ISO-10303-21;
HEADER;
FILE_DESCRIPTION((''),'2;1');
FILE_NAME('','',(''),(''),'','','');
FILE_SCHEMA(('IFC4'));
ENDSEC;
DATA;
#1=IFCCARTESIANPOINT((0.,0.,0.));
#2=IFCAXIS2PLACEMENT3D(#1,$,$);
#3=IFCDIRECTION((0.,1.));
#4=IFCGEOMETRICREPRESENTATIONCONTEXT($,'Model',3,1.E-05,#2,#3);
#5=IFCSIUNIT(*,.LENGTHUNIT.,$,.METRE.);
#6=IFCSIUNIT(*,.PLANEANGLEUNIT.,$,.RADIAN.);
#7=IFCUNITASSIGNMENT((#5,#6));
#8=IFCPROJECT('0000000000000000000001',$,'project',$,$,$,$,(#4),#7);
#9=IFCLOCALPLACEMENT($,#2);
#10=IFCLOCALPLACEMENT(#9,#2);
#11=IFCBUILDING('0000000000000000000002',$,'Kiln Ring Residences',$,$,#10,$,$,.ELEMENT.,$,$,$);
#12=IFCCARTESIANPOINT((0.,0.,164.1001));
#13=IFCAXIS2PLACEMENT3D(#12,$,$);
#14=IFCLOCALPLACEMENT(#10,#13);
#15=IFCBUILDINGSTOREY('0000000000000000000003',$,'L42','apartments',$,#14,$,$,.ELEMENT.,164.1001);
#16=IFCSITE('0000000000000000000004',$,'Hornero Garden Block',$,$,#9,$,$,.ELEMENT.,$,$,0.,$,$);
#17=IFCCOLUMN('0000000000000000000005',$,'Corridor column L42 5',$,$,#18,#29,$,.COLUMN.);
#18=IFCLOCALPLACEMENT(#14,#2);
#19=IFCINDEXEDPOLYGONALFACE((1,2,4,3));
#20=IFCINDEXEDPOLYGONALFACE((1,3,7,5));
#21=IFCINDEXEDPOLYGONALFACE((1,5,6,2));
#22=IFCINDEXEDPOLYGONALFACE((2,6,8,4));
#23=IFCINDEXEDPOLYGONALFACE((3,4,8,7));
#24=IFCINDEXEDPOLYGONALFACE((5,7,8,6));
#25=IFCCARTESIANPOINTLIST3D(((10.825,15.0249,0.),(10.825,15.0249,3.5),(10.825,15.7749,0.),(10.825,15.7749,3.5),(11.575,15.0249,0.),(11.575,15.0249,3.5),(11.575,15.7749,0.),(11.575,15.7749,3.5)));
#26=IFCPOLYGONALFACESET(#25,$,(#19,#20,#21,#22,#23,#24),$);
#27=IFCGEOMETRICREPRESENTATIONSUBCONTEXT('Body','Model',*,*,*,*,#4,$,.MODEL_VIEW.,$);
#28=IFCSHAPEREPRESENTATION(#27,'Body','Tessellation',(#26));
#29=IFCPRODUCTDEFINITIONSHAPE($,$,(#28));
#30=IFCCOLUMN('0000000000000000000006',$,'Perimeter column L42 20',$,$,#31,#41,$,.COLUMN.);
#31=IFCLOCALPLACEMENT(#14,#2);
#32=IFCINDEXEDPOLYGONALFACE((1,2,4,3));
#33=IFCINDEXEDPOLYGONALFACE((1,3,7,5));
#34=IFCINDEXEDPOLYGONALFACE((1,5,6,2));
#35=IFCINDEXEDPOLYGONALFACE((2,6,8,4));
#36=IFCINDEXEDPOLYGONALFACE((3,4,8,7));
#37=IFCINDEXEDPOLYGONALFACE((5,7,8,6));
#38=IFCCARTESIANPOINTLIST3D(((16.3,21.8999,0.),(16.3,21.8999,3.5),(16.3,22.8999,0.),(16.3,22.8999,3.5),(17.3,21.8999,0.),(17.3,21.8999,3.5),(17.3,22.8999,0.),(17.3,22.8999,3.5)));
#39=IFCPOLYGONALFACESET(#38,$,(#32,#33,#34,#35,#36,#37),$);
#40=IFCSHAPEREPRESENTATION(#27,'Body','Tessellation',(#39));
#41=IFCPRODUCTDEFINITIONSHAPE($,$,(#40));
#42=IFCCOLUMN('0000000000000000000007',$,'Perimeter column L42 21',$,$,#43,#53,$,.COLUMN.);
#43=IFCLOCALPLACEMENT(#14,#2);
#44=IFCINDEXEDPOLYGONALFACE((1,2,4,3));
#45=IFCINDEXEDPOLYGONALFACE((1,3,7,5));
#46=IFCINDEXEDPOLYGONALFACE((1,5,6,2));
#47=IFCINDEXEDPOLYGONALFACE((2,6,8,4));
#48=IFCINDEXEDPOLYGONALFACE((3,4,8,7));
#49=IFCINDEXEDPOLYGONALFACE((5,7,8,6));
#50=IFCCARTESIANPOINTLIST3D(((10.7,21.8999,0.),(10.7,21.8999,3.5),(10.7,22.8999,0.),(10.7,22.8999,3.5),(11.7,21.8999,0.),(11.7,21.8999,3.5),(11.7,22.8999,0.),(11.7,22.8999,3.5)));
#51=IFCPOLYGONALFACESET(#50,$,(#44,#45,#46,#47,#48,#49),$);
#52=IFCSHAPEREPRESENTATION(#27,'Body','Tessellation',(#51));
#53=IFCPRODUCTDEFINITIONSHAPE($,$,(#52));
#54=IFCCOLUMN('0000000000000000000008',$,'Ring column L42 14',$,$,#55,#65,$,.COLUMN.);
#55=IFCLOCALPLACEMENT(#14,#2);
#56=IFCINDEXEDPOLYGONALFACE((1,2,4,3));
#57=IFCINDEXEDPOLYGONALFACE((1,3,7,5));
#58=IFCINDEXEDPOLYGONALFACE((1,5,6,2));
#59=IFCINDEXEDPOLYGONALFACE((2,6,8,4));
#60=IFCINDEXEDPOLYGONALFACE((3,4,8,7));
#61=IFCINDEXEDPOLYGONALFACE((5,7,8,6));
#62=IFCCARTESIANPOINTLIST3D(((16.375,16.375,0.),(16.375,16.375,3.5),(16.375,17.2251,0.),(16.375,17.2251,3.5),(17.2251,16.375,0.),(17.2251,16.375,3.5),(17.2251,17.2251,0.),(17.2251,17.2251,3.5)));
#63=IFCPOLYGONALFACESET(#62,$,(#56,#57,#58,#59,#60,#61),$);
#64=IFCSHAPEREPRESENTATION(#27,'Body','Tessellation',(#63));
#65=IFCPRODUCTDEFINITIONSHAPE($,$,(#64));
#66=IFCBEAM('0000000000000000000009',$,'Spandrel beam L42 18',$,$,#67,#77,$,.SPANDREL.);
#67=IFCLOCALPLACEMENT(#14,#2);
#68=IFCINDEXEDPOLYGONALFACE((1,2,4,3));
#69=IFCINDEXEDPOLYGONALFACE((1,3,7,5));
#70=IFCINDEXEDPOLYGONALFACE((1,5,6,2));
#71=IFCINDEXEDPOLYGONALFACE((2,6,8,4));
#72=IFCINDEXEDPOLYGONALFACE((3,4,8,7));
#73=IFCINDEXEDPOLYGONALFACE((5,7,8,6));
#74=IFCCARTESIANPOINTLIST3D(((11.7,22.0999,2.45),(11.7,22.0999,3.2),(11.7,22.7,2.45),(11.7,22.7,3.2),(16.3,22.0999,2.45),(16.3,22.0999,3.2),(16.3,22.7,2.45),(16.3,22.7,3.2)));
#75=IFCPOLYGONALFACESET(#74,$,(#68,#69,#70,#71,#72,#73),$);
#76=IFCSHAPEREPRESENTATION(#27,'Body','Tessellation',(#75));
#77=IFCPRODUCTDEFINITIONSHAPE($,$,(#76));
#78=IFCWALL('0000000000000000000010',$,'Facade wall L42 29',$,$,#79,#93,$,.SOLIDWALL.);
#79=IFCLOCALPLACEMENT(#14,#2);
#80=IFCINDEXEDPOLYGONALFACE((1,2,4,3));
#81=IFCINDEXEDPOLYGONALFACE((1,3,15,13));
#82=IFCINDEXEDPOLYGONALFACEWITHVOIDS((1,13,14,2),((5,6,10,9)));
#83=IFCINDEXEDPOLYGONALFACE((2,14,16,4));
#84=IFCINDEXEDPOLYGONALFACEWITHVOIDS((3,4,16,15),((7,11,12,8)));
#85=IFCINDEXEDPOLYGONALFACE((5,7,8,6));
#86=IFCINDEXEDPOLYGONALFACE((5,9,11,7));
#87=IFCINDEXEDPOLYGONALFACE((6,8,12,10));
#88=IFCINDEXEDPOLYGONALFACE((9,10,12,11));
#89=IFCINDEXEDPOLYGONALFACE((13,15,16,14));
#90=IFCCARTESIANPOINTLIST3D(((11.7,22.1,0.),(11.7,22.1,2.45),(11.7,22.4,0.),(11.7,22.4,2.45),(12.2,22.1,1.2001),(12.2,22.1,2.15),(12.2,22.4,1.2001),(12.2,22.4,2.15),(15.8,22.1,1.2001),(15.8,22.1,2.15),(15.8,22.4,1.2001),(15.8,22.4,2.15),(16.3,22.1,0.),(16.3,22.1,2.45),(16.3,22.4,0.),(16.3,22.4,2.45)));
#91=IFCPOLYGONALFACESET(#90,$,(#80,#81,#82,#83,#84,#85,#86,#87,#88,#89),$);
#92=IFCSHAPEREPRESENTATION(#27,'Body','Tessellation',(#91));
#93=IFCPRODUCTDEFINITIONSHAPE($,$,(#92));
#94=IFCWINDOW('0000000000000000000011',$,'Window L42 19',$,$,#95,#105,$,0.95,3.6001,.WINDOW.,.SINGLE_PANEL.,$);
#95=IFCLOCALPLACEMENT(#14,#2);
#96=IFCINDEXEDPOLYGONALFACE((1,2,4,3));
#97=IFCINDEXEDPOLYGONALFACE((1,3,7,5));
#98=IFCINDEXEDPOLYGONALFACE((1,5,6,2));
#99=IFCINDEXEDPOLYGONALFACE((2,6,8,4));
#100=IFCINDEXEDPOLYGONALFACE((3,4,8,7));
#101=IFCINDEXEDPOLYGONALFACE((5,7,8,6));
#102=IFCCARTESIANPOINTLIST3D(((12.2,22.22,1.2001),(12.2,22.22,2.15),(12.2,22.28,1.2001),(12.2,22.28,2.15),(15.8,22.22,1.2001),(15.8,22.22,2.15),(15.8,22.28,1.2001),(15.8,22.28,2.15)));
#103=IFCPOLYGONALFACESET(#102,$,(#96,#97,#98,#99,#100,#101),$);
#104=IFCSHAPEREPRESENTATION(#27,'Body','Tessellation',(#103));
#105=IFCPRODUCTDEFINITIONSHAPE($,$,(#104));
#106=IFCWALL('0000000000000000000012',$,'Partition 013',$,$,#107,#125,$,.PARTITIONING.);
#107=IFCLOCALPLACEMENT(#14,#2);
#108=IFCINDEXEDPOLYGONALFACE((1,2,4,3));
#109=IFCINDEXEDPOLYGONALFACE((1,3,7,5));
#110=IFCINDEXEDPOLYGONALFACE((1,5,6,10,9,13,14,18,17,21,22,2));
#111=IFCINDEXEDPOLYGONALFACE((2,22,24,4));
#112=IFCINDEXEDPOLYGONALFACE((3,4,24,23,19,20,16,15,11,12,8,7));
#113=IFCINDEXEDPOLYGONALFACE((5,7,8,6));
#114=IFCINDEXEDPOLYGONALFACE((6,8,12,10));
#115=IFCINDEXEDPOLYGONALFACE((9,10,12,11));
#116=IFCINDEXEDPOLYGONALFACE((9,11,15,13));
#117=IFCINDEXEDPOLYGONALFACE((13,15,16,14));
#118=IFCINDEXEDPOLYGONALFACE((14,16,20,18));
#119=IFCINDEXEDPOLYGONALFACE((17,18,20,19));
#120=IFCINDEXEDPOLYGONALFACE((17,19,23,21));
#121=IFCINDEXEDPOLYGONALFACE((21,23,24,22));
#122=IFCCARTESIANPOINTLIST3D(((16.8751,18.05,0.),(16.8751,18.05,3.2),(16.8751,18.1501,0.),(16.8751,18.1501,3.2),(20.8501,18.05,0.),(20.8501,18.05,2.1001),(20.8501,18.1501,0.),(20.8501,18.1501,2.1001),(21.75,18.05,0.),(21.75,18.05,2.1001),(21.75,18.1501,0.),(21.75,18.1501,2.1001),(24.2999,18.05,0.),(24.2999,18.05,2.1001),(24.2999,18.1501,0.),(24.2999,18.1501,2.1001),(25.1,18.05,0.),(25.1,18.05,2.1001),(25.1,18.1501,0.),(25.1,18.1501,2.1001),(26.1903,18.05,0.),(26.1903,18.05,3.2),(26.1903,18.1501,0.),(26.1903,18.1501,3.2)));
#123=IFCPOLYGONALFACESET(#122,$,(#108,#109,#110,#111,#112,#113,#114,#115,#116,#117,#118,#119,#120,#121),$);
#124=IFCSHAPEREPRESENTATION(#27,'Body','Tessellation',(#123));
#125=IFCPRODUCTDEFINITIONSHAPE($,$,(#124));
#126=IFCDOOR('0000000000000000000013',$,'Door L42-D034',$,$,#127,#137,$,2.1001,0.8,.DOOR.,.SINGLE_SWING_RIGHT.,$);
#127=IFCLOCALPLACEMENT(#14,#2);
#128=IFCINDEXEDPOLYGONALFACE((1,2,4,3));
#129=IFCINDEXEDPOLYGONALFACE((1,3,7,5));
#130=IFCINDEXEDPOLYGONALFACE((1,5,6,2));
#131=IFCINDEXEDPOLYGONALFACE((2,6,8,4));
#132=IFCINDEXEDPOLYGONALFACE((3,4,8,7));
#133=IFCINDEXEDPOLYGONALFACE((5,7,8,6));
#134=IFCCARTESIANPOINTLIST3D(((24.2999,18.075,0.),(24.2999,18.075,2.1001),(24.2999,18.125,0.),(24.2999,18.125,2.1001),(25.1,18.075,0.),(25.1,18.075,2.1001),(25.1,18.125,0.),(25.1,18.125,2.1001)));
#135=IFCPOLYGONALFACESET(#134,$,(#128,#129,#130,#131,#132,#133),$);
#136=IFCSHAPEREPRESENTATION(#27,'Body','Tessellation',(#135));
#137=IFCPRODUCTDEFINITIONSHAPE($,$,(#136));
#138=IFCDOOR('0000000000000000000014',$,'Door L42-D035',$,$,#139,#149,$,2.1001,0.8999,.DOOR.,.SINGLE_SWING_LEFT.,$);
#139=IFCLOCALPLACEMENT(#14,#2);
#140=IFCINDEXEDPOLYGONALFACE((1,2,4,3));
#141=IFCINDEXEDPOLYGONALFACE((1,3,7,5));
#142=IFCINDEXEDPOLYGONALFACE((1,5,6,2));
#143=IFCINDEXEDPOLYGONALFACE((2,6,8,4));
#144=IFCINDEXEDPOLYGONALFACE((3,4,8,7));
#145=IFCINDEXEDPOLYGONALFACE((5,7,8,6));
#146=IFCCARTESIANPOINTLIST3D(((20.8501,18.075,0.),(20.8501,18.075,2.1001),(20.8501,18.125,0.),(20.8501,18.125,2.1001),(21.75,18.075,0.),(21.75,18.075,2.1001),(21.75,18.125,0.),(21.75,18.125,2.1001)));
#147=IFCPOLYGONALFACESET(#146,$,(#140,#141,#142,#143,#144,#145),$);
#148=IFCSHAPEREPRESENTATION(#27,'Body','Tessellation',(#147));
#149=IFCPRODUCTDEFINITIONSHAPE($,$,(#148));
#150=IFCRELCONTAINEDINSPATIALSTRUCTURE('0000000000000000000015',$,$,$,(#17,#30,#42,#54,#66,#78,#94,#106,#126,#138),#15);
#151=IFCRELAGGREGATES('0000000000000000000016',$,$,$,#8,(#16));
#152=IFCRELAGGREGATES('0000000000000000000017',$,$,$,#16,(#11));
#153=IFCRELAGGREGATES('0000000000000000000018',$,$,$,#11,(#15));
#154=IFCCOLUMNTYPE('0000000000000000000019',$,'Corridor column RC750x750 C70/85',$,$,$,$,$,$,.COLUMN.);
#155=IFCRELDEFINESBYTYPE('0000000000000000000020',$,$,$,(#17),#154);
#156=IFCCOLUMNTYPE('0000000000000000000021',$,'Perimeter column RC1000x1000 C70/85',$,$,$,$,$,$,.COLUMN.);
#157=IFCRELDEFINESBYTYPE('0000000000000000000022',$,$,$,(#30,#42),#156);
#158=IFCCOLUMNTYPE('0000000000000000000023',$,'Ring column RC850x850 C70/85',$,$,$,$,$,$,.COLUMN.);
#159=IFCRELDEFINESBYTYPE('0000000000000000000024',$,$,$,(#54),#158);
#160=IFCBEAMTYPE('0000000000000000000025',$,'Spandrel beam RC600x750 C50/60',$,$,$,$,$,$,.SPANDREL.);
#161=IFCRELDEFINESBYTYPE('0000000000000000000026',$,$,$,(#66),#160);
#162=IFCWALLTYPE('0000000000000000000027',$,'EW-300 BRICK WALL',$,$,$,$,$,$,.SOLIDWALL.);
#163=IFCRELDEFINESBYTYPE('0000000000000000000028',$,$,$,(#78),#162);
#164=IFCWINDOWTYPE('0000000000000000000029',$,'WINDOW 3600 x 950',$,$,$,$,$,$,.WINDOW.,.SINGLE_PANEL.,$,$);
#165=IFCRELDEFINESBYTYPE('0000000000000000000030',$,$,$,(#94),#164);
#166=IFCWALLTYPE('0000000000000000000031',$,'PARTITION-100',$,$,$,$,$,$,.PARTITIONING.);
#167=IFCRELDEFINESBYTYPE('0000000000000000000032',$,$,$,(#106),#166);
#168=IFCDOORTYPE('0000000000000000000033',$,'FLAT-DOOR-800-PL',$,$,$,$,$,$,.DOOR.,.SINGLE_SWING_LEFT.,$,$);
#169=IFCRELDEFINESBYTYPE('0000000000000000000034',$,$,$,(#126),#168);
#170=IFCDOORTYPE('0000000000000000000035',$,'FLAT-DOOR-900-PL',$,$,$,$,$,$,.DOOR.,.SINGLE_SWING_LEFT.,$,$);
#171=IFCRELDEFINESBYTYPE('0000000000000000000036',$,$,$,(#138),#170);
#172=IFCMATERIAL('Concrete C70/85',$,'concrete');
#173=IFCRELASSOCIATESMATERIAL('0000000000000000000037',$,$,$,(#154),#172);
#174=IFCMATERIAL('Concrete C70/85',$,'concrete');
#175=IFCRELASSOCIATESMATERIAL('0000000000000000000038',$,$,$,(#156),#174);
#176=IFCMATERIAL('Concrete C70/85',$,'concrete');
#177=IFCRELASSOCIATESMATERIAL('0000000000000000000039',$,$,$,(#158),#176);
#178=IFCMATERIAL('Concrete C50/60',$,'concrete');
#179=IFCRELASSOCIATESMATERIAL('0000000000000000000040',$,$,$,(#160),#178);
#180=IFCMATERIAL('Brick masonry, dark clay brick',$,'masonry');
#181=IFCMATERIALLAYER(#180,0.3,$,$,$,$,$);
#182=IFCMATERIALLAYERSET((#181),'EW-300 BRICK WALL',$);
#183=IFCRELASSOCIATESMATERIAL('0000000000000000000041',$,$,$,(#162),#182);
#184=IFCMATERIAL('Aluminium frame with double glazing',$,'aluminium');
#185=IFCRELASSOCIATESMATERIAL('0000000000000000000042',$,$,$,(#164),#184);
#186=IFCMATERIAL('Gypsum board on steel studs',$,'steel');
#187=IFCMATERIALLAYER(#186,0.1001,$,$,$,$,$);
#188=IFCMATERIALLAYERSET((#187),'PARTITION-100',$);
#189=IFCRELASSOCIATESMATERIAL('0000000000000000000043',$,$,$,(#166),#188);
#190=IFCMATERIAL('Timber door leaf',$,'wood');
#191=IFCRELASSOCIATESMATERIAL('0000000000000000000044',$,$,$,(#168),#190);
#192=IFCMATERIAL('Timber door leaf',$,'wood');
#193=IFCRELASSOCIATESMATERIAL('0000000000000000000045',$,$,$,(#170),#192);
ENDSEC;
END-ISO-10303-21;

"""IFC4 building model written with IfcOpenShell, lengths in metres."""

from ifc_helpers import new_model, si_unit, direction, frame, frame_2d, origin, origin_2d, place, context, subcontext, project, spatial, rectangle, extrude, material, layer, layer_set, material_profile, profile_set, type_object, element, fill, save


model = new_model("IFC4")

# Units and contexts
model_context = context("Model", 3, precision=1e-05, world=origin(), true_north=direction((0.0, 1.0)))
body_context = subcontext(model_context, "Body", "Model", "MODEL_VIEW")
ifc_project = project(units=[si_unit("LENGTHUNIT", "METRE"), si_unit("PLANEANGLEUNIT", "RADIAN")], contexts=[model_context])

# Site, building, storey
site_placement = place(None, origin())
site = spatial("IfcSite", under=ifc_project, at=site_placement, Name="Hornero Garden Block", CompositionType="ELEMENT", RefElevation=0.0)
building_placement = place(site_placement, origin())
building = spatial("IfcBuilding", under=site, at=building_placement, Name="Kiln Ring Residences", CompositionType="ELEMENT")
storey_placement = place(building_placement, frame((0.0, 0.0, 164.1001)))
storey = spatial("IfcBuildingStorey", under=building, at=storey_placement, Name="L42", Description="apartments", CompositionType="ELEMENT", Elevation=164.1001)

# Columns
ifc_material_1 = material(Name="Concrete C70/85", Category="concrete")
ifc_material_profile_1 = material_profile(ifc_material_1, rectangle(XDim=0.75, YDim=0.75, at=origin_2d()), Name="RC750x750")
ifc_profile_set_1 = profile_set([ifc_material_profile_1], Name="Concrete C70/85")
column_type_1 = type_object("IfcColumnType", Name="Corridor column RC750x750 C70/85", PredefinedType="COLUMN", material=ifc_profile_set_1)
column_1_placement = place(storey_placement, frame((11.2, 15.3999, 0.0), z_axis=(0.0, 0.0, 1.0), x_axis=(1.0, 0.0, 0.0)))
element("IfcColumn", 1, at=column_1_placement, inside=storey, type_object=column_type_1, Name="Corridor column L42 5", PredefinedType="COLUMN", context=body_context, shape_type="SweptSolid", body=[
    extrude(rectangle(XDim=0.75, YDim=0.75, at=origin_2d()), origin(), (0.0, 0.0, 1.0), 3.5),
])
ifc_material_2 = material(Name="Concrete C70/85", Category="concrete")
ifc_material_profile_2 = material_profile(ifc_material_2, rectangle(XDim=1.0, YDim=1.0, at=origin_2d()), Name="RC1000x1000")
ifc_profile_set_2 = profile_set([ifc_material_profile_2], Name="Concrete C70/85")
column_type_2 = type_object("IfcColumnType", Name="Perimeter column RC1000x1000 C70/85", PredefinedType="COLUMN", material=ifc_profile_set_2)
for number, where, z_axis, x_axis, name in (
    (2, (16.8, 22.3999, 0.0), (0.0, 0.0, 1.0), (1.0, 0.0, 0.0), "Perimeter column L42 20"),
    (3, (11.2, 22.3999, 0.0), (0.0, 0.0, 1.0), (1.0, 0.0, 0.0), "Perimeter column L42 21"),
):
    element("IfcColumn", number, at=place(storey_placement, frame(where, z_axis=z_axis, x_axis=x_axis)), inside=storey, type_object=column_type_2, Name=name, PredefinedType="COLUMN", context=body_context, shape_type="SweptSolid", body=[
        extrude(rectangle(XDim=1.0, YDim=1.0, at=origin_2d()), origin(), (0.0, 0.0, 1.0), 3.5),
    ])
ifc_material_3 = material(Name="Concrete C70/85", Category="concrete")
ifc_material_profile_3 = material_profile(ifc_material_3, rectangle(XDim=0.8501, YDim=0.8501, at=origin_2d()), Name="RC850x850")
ifc_profile_set_3 = profile_set([ifc_material_profile_3], Name="Concrete C70/85")
column_type_3 = type_object("IfcColumnType", Name="Ring column RC850x850 C70/85", PredefinedType="COLUMN", material=ifc_profile_set_3)
column_2_placement = place(storey_placement, frame((16.8, 16.8, 0.0), z_axis=(0.0, 0.0, 1.0), x_axis=(1.0, 0.0, 0.0)))
element("IfcColumn", 4, at=column_2_placement, inside=storey, type_object=column_type_3, Name="Ring column L42 14", PredefinedType="COLUMN", context=body_context, shape_type="SweptSolid", body=[
    extrude(rectangle(XDim=0.8501, YDim=0.8501, at=origin_2d()), origin(), (0.0, 0.0, 1.0), 3.5),
])

# Beam
ifc_material_4 = material(Name="Concrete C50/60", Category="concrete")
ifc_material_profile_4 = material_profile(ifc_material_4, rectangle(XDim=0.6001, YDim=0.75, at=origin_2d()), Name="RC600x750")
ifc_profile_set_4 = profile_set([ifc_material_profile_4], Name="Concrete C50/60")
beam_type = type_object("IfcBeamType", Name="Spandrel beam RC600x750 C50/60", PredefinedType="SPANDREL", material=ifc_profile_set_4)
beam_placement = place(storey_placement, frame((16.3, 22.3999, 2.825), z_axis=(-1.0, 0.0, 0.0), x_axis=(0.0, -1.0, 0.0)))
element("IfcBeam", 5, at=beam_placement, inside=storey, type_object=beam_type, Name="Spandrel beam L42 18", PredefinedType="SPANDREL", context=body_context, shape_type="SweptSolid", body=[
    extrude(rectangle(XDim=0.6001, YDim=0.75, at=origin_2d()), origin(), (0.0, 0.0, 1.0), 4.6001),
])

# Wall, opening, window
ifc_material_5 = material(Name="Brick masonry, dark clay brick", Category="masonry")
ifc_layer_1 = layer(ifc_material_5, 0.3)
ifc_layer_set_1 = layer_set([ifc_layer_1], Name="EW-300 BRICK WALL")
wall_type_1 = type_object("IfcWallType", Name="EW-300 BRICK WALL", PredefinedType="SOLIDWALL", material=ifc_layer_set_1)
wall_1_placement = place(storey_placement, frame((16.3, 22.25, 0.0), z_axis=(0.0, 0.0, 1.0), x_axis=(-1.0, 0.0, 0.0)))
wall_1 = element("IfcWall", 6, at=wall_1_placement, inside=storey, type_object=wall_type_1, Name="Facade wall L42 29", PredefinedType="SOLIDWALL", context=body_context, shape_type="SweptSolid", body=[
    extrude(rectangle(XDim=4.6001, YDim=0.3, at=frame_2d((2.3, 0.0))), origin(), (0.0, 0.0, 1.0), 2.45),
])
opening_1_placement = place(wall_1_placement, frame((0.5, 0.0, 1.2)))
opening_1 = element("IfcOpeningElement", 7, at=opening_1_placement, cuts=wall_1, PredefinedType="OPENING", context=body_context, shape_type="SweptSolid", body=[
    extrude(rectangle(XDim=3.6001, YDim=0.95, at=frame_2d((1.8, 0.4751))), frame((0.0, 0.1599, 0.0), z_axis=(0.0, -1.0, 0.0), x_axis=(1.0, 0.0, 0.0)), (0.0, 0.0, 1.0), 0.3201),
])
ifc_material_6 = material(Name="Aluminium frame with double glazing", Category="aluminium")
window_type = type_object("IfcWindowType", Name="WINDOW 3600 x 950", PartitioningType="SINGLE_PANEL", PredefinedType="WINDOW", material=ifc_material_6)
window_placement = place(opening_1_placement, origin())
window = element("IfcWindow", 8, at=window_placement, inside=storey, type_object=window_type, Name="Window L42 19", OverallHeight=0.95, OverallWidth=3.6001, PartitioningType="SINGLE_PANEL", PredefinedType="WINDOW", context=body_context, shape_type="SweptSolid", body=[
    extrude(rectangle(XDim=3.6001, YDim=0.95, at=frame_2d((1.8, 0.4751))), frame((0.0, 0.03, 0.0), z_axis=(0.0, -1.0, 0.0), x_axis=(1.0, 0.0, 0.0)), (0.0, 0.0, 1.0), 0.0601),
])
fill(opening_1, window)

# Wall, openings, doors
ifc_material_7 = material(Name="Gypsum board on steel studs", Category="steel")
ifc_layer_2 = layer(ifc_material_7, 0.1001)
ifc_layer_set_2 = layer_set([ifc_layer_2], Name="PARTITION-100")
wall_type_2 = type_object("IfcWallType", Name="PARTITION-100", PredefinedType="PARTITIONING", material=ifc_layer_set_2)
wall_2_placement = place(storey_placement, frame((16.875, 18.1001, 0.0), z_axis=(0.0, 0.0, 1.0), x_axis=(1.0, 0.0, 0.0)))
wall_2 = element("IfcWall", 9, at=wall_2_placement, inside=storey, type_object=wall_type_2, Name="Partition 013", PredefinedType="PARTITIONING", context=body_context, shape_type="SweptSolid", body=[
    extrude(rectangle(XDim=9.3152, YDim=0.1001, at=frame_2d((4.6577, 0.0))), origin(), (0.0, 0.0, 1.0), 3.2),
])
opening_2_placement = place(wall_2_placement, frame((7.425, 0.0, 0.0)))
opening_2 = element("IfcOpeningElement", 10, at=opening_2_placement, cuts=wall_2, PredefinedType="OPENING", context=body_context, shape_type="SweptSolid", body=[
    extrude(rectangle(XDim=0.8, YDim=2.1001, at=frame_2d((0.3999, 1.05))), frame((0.0, 0.0601, 0.0), z_axis=(0.0, -1.0, 0.0), x_axis=(1.0, 0.0, 0.0)), (0.0, 0.0, 1.0), 0.1201),
])
opening_3_placement = place(wall_2_placement, frame((3.9751, 0.0, 0.0)))
opening_3 = element("IfcOpeningElement", 11, at=opening_3_placement, cuts=wall_2, PredefinedType="OPENING", context=body_context, shape_type="SweptSolid", body=[
    extrude(rectangle(XDim=0.8999, YDim=2.1001, at=frame_2d((0.45, 1.05))), frame((0.0, 0.0601, 0.0), z_axis=(0.0, -1.0, 0.0), x_axis=(1.0, 0.0, 0.0)), (0.0, 0.0, 1.0), 0.1201),
])
ifc_material_8 = material(Name="Timber door leaf", Category="wood")
door_type_1 = type_object("IfcDoorType", Name="FLAT-DOOR-800-PL", OperationType="SINGLE_SWING_LEFT", PredefinedType="DOOR", material=ifc_material_8)
door_1_placement = place(opening_2_placement, origin())
door_1 = element("IfcDoor", 12, at=door_1_placement, inside=storey, type_object=door_type_1, Name="Door L42-D034", OperationType="SINGLE_SWING_RIGHT", OverallHeight=2.1001, OverallWidth=0.8, PredefinedType="DOOR", context=body_context, shape_type="SweptSolid", body=[
    extrude(rectangle(XDim=0.8, YDim=2.1001, at=frame_2d((0.3999, 1.05))), frame((0.0, 0.0249, 0.0), z_axis=(0.0, -1.0, 0.0), x_axis=(1.0, 0.0, 0.0)), (0.0, 0.0, 1.0), 0.05),
])
fill(opening_2, door_1)
ifc_material_9 = material(Name="Timber door leaf", Category="wood")
door_type_2 = type_object("IfcDoorType", Name="FLAT-DOOR-900-PL", OperationType="SINGLE_SWING_LEFT", PredefinedType="DOOR", material=ifc_material_9)
door_2_placement = place(opening_3_placement, origin())
door_2 = element("IfcDoor", 13, at=door_2_placement, inside=storey, type_object=door_type_2, Name="Door L42-D035", OperationType="SINGLE_SWING_LEFT", OverallHeight=2.1001, OverallWidth=0.8999, PredefinedType="DOOR", context=body_context, shape_type="SweptSolid", body=[
    extrude(rectangle(XDim=0.8999, YDim=2.1001, at=frame_2d((0.45, 1.05))), frame((0.0, 0.0249, 0.0), z_axis=(0.0, -1.0, 0.0), x_axis=(1.0, 0.0, 0.0)), (0.0, 0.0, 1.0), 0.05),
])
fill(opening_3, door_2)

save(model, "model.ifc")
